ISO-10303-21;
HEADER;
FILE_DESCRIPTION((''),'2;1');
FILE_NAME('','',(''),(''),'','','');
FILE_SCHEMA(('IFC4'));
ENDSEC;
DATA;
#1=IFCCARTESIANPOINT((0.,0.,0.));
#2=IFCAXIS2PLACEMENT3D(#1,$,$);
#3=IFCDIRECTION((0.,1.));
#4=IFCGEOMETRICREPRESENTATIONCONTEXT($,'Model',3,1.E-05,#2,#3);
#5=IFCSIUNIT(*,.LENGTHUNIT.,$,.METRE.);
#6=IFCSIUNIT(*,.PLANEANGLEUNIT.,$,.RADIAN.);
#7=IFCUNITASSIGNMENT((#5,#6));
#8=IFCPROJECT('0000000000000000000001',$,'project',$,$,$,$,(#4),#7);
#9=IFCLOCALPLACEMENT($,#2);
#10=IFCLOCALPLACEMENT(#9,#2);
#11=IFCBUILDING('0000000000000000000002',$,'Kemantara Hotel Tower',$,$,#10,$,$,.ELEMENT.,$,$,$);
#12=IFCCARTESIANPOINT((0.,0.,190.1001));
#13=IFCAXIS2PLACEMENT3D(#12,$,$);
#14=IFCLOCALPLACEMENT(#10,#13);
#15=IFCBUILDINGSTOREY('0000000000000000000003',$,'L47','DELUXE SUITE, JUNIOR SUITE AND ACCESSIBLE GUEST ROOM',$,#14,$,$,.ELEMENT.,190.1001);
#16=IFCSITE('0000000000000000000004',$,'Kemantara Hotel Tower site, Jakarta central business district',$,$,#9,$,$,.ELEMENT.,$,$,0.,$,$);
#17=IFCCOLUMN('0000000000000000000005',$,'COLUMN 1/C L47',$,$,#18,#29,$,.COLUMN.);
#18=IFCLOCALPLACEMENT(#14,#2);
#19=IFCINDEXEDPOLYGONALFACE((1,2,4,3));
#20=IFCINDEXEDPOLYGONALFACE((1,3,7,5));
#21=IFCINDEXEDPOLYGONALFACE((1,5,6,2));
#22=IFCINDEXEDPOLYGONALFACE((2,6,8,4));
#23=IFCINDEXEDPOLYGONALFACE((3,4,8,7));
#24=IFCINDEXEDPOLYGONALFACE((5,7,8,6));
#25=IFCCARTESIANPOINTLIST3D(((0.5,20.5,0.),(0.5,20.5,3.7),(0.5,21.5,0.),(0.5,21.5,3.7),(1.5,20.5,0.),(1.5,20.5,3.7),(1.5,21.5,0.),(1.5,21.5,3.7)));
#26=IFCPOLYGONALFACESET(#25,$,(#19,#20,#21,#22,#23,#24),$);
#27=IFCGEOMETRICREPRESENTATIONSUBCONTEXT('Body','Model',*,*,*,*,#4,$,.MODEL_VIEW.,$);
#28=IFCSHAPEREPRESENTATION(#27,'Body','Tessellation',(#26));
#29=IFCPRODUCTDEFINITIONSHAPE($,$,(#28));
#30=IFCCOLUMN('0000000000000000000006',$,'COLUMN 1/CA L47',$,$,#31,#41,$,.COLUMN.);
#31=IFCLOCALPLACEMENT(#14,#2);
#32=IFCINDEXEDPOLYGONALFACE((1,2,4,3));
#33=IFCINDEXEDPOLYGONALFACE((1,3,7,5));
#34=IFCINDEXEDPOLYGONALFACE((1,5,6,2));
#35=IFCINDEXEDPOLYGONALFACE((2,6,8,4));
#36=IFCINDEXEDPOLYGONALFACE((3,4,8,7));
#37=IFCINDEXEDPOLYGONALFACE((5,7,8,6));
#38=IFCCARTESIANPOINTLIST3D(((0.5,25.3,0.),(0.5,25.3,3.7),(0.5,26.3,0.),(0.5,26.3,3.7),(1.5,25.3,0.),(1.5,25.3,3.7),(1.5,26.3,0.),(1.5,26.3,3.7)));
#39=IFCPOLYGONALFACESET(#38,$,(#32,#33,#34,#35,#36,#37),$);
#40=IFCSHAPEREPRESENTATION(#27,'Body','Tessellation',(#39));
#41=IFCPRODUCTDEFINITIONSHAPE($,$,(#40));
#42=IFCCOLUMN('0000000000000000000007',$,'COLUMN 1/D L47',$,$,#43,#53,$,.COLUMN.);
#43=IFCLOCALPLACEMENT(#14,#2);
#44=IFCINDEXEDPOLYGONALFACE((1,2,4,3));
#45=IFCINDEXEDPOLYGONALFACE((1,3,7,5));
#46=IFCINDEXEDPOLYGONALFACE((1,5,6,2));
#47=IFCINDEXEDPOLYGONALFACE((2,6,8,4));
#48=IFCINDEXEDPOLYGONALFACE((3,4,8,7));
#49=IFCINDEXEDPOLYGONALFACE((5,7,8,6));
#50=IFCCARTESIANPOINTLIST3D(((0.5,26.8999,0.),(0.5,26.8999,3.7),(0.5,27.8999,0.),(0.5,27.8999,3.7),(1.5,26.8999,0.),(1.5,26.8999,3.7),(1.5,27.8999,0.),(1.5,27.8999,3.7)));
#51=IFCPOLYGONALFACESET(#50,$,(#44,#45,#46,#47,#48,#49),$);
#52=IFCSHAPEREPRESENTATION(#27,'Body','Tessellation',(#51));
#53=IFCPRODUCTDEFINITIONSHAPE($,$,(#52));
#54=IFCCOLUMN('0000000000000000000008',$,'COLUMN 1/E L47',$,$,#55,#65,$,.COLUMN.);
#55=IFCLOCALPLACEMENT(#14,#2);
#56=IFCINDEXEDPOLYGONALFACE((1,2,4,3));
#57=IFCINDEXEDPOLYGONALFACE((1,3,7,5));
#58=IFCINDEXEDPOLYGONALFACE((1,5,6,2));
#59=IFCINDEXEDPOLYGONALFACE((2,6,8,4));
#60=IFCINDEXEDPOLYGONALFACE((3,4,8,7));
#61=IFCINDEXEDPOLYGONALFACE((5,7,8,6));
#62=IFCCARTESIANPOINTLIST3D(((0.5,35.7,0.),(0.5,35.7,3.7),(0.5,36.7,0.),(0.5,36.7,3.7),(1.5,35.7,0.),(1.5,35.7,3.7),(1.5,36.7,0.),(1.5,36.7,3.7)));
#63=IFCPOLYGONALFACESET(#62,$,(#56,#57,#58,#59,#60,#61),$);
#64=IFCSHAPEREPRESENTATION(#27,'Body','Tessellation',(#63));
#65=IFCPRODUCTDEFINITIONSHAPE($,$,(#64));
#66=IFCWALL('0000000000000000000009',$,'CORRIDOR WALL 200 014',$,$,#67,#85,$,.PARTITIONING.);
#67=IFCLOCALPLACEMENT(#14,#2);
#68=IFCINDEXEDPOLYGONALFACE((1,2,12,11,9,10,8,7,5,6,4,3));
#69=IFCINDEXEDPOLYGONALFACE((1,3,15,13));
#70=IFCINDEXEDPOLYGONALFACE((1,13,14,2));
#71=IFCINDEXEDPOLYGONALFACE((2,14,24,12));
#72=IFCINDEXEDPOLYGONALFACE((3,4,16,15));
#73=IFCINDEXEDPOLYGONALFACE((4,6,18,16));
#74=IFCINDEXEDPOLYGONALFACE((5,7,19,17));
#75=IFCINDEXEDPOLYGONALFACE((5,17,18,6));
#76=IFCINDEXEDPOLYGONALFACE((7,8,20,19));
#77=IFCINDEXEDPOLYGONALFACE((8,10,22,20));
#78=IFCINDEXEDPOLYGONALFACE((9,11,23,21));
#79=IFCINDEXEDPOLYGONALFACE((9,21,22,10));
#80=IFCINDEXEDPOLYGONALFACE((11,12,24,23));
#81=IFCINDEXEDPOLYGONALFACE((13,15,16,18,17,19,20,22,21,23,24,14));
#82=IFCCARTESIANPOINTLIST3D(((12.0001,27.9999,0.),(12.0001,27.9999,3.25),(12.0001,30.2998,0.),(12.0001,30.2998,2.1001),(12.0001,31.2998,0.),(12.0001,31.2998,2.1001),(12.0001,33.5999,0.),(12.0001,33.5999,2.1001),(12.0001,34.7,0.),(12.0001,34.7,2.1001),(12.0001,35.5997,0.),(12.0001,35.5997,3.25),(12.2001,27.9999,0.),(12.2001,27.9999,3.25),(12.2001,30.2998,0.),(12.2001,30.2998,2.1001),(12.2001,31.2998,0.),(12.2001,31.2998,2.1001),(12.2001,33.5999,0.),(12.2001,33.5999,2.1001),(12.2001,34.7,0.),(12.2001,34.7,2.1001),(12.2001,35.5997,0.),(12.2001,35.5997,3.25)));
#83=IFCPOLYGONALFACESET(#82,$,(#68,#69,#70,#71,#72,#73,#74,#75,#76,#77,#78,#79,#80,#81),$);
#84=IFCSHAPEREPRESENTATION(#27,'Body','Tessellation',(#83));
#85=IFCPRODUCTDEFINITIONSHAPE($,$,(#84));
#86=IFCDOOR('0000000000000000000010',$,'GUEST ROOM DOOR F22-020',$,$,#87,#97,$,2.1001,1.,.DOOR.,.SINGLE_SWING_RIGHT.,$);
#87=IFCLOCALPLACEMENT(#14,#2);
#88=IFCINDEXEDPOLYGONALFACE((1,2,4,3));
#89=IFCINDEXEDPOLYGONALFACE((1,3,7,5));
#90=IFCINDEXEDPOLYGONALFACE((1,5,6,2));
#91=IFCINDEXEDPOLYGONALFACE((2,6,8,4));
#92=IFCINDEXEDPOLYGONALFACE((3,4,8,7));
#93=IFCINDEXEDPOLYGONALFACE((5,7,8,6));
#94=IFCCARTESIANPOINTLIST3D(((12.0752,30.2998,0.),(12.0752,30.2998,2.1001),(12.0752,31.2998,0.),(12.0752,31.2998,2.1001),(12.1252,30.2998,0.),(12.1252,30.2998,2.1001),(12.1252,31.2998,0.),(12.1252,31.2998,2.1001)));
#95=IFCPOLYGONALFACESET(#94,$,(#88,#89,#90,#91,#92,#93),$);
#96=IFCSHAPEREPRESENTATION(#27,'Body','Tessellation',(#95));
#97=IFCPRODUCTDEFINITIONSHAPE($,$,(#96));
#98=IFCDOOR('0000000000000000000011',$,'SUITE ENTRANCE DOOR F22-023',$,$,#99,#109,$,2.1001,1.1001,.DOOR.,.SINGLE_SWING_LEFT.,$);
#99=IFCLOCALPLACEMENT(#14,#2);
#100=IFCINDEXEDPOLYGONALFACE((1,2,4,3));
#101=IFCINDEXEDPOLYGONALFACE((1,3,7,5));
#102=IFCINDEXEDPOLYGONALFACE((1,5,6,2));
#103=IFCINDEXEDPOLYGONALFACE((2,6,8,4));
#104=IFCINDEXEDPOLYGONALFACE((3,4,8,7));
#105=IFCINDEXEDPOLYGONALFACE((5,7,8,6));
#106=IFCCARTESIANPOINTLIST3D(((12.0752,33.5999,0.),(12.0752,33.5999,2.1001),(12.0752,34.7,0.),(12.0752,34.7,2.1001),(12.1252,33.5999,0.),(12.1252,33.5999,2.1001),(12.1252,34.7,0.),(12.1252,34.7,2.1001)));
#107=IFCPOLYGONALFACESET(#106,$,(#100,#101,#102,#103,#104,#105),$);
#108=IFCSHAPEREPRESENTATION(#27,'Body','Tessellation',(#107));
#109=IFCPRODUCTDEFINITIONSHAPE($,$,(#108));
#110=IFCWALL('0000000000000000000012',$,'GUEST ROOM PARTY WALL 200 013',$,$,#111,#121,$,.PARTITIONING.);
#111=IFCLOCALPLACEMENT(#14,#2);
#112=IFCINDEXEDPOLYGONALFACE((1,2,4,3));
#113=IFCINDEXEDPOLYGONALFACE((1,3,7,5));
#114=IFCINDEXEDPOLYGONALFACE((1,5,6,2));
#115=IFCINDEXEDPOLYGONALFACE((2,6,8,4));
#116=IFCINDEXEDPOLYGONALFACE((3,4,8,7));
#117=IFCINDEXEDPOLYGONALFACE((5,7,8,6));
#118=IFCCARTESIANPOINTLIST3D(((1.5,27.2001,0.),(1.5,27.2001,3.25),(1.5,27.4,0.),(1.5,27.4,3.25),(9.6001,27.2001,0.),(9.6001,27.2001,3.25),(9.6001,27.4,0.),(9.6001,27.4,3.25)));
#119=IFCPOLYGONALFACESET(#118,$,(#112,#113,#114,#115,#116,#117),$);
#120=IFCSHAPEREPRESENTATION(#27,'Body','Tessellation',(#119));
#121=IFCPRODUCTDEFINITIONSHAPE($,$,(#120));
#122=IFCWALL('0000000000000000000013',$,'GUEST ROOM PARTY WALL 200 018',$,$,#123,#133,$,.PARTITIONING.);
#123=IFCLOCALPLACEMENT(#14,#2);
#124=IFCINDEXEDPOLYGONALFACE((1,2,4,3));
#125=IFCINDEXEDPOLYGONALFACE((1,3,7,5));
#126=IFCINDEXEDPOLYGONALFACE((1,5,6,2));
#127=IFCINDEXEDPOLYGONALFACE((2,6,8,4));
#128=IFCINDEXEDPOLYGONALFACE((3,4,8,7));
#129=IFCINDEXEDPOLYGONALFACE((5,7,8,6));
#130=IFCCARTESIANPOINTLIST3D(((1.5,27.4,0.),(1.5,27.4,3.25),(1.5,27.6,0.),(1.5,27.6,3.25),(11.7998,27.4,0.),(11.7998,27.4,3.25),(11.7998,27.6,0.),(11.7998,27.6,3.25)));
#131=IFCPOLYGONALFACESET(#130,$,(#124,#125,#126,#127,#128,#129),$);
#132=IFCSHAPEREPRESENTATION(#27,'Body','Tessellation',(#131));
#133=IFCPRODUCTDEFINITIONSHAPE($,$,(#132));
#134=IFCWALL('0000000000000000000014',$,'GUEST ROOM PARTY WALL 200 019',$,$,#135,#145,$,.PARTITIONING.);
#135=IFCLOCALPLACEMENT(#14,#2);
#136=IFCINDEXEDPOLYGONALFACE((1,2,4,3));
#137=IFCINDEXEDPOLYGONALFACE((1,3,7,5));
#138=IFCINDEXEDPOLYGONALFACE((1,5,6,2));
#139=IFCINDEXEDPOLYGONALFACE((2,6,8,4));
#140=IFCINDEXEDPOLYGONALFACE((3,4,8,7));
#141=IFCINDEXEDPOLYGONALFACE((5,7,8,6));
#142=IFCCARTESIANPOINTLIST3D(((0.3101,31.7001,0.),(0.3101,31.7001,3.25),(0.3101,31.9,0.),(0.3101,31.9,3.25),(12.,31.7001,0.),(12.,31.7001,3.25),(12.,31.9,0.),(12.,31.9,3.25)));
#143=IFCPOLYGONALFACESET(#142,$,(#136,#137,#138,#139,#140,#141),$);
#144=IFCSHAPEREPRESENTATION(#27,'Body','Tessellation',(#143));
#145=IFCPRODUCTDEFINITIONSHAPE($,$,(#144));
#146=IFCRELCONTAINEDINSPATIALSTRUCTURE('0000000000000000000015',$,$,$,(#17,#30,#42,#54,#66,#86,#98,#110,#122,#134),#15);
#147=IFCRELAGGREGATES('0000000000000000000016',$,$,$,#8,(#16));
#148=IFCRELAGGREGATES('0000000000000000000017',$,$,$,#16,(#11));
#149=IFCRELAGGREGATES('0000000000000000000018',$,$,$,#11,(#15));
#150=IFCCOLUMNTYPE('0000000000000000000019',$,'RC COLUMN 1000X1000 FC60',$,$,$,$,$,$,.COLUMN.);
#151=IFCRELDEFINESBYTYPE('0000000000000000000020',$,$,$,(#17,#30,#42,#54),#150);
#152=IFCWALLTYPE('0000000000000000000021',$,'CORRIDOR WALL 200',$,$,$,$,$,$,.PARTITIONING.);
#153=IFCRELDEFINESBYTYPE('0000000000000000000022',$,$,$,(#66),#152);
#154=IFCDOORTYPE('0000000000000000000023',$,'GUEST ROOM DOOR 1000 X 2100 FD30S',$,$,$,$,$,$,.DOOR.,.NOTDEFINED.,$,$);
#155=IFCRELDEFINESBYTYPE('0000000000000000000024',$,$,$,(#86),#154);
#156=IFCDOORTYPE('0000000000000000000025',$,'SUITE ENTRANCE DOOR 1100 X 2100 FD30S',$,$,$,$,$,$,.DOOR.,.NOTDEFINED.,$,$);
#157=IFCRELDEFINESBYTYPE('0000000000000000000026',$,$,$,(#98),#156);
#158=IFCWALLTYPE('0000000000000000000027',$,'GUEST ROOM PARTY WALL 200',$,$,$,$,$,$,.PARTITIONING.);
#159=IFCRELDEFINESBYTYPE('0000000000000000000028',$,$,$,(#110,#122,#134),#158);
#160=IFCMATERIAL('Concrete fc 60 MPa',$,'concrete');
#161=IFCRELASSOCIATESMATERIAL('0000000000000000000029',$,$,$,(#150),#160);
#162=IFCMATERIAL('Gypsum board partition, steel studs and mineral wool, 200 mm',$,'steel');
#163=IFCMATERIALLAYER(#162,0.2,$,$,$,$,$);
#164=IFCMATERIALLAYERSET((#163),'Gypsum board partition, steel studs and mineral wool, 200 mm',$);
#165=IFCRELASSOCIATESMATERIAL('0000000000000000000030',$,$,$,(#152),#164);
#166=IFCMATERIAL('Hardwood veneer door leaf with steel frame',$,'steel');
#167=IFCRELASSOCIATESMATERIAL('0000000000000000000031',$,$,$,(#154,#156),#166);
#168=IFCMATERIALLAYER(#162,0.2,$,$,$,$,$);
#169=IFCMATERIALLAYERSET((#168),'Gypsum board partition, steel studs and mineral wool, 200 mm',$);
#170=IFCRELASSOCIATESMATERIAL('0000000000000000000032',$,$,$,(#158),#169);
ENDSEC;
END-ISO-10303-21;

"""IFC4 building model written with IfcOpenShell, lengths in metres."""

from ifc_helpers import new_model, si_unit, direction, frame, frame_2d, origin, origin_2d, place, context, subcontext, project, spatial, rectangle, extrude, material, layer, layer_set, material_profile, profile_set, type_object, element, fill, save


model = new_model("IFC4")

# Units and contexts
model_context = context("Model", 3, precision=1e-05, world=origin(), true_north=direction((0.0, 1.0)))
body_context = subcontext(model_context, "Body", "Model", "MODEL_VIEW")
ifc_project = project(units=[si_unit("LENGTHUNIT", "METRE"), si_unit("PLANEANGLEUNIT", "RADIAN")], contexts=[model_context])

# Site, building, storey
site_placement = place(None, origin())
site = spatial("IfcSite", under=ifc_project, at=site_placement, Name="Kemantara Hotel Tower site, Jakarta central business district", CompositionType="ELEMENT", RefElevation=0.0)
building_placement = place(site_placement, origin())
building = spatial("IfcBuilding", under=site, at=building_placement, Name="Kemantara Hotel Tower", CompositionType="ELEMENT")
storey_placement = place(building_placement, frame((0.0, 0.0, 190.1001)))
storey = spatial("IfcBuildingStorey", under=building, at=storey_placement, Name="L47", Description="DELUXE SUITE, JUNIOR SUITE AND ACCESSIBLE GUEST ROOM", CompositionType="ELEMENT", Elevation=190.1001)

# Columns
ifc_material_1 = material(Name="Concrete fc 60 MPa", Category="concrete")
ifc_material_profile = material_profile(ifc_material_1, rectangle(XDim=1.0, YDim=1.0, at=origin_2d()), Name="RC 1000X1000")
ifc_profile_set = profile_set([ifc_material_profile], Name="Concrete fc 60 MPa")
column_type = type_object("IfcColumnType", Name="RC COLUMN 1000X1000 FC60", PredefinedType="COLUMN", material=ifc_profile_set)
for number, where, z_axis, x_axis, name in (
    (1, (1.0, 21.0, 0.0), (0.0, 0.0, 1.0), (1.0, 0.0, 0.0), "COLUMN 1/C L47"),
    (2, (1.0, 25.8, 0.0), (0.0, 0.0, 1.0), (1.0, 0.0, 0.0), "COLUMN 1/CA L47"),
    (3, (1.0, 27.3999, 0.0), (0.0, 0.0, 1.0), (1.0, 0.0, 0.0), "COLUMN 1/D L47"),
    (4, (1.0, 36.2, 0.0), (0.0, 0.0, 1.0), (1.0, 0.0, 0.0), "COLUMN 1/E L47"),
):
    element("IfcColumn", number, at=place(storey_placement, frame(where, z_axis=z_axis, x_axis=x_axis)), inside=storey, type_object=column_type, Name=name, PredefinedType="COLUMN", context=body_context, shape_type="SweptSolid", body=[
        extrude(rectangle(XDim=1.0, YDim=1.0, at=origin_2d()), origin(), (0.0, 0.0, 1.0), 3.7),
    ])

# Wall, openings, doors
ifc_material_2 = material(Name="Gypsum board partition, steel studs and mineral wool, 200 mm", Category="steel")
ifc_layer_1 = layer(ifc_material_2, 0.2)
ifc_layer_set_1 = layer_set([ifc_layer_1], Name="Gypsum board partition, steel studs and mineral wool, 200 mm")
wall_type_1 = type_object("IfcWallType", Name="CORRIDOR WALL 200", PredefinedType="PARTITIONING", material=ifc_layer_set_1)
wall_1_placement = place(storey_placement, frame((12.1001, 28.0, 0.0), z_axis=(0.0, 0.0, 1.0), x_axis=(0.0, 1.0, 0.0)))
wall_1 = element("IfcWall", 5, at=wall_1_placement, inside=storey, type_object=wall_type_1, Name="CORRIDOR WALL 200 014", PredefinedType="PARTITIONING", context=body_context, shape_type="SweptSolid", body=[
    extrude(rectangle(XDim=7.5999, YDim=0.2, at=frame_2d((3.7998, 0.0))), origin(), (0.0, 0.0, 1.0), 3.25),
])
opening_1_placement = place(wall_1_placement, frame((2.2998, 0.0, 0.0)))
opening_1 = element("IfcOpeningElement", 6, at=opening_1_placement, cuts=wall_1, PredefinedType="OPENING", context=body_context, shape_type="SweptSolid", body=[
    extrude(rectangle(XDim=1.0, YDim=2.1001, at=frame_2d((0.5, 1.05))), frame((0.0, 0.1099, 0.0), z_axis=(0.0, -1.0, 0.0), x_axis=(1.0, 0.0, 0.0)), (0.0, 0.0, 1.0), 0.22),
])
opening_2_placement = place(wall_1_placement, frame((5.5999, 0.0, 0.0)))
opening_2 = element("IfcOpeningElement", 7, at=opening_2_placement, cuts=wall_1, PredefinedType="OPENING", context=body_context, shape_type="SweptSolid", body=[
    extrude(rectangle(XDim=1.1001, YDim=2.1001, at=frame_2d((0.55, 1.05))), frame((0.0, 0.1099, 0.0), z_axis=(0.0, -1.0, 0.0), x_axis=(1.0, 0.0, 0.0)), (0.0, 0.0, 1.0), 0.22),
])
ifc_material_3 = material(Name="Hardwood veneer door leaf with steel frame", Category="steel")
door_type_1 = type_object("IfcDoorType", Name="GUEST ROOM DOOR 1000 X 2100 FD30S", OperationType="NOTDEFINED", PredefinedType="DOOR", material=ifc_material_3)
door_1_placement = place(opening_1_placement, origin())
door_1 = element("IfcDoor", 8, at=door_1_placement, inside=storey, type_object=door_type_1, Name="GUEST ROOM DOOR F22-020", OperationType="SINGLE_SWING_RIGHT", OverallHeight=2.1001, OverallWidth=1.0, PredefinedType="DOOR", context=body_context, shape_type="SweptSolid", body=[
    extrude(rectangle(XDim=1.0, YDim=2.1001, at=frame_2d((0.5, 1.05))), frame((0.0, 0.0249, 0.0), z_axis=(0.0, -1.0, 0.0), x_axis=(1.0, 0.0, 0.0)), (0.0, 0.0, 1.0), 0.05),
])
fill(opening_1, door_1)
door_type_2 = type_object("IfcDoorType", Name="SUITE ENTRANCE DOOR 1100 X 2100 FD30S", OperationType="NOTDEFINED", PredefinedType="DOOR", material=ifc_material_3)
door_2_placement = place(opening_2_placement, origin())
door_2 = element("IfcDoor", 9, at=door_2_placement, inside=storey, type_object=door_type_2, Name="SUITE ENTRANCE DOOR F22-023", OperationType="SINGLE_SWING_LEFT", OverallHeight=2.1001, OverallWidth=1.1001, PredefinedType="DOOR", context=body_context, shape_type="SweptSolid", body=[
    extrude(rectangle(XDim=1.1001, YDim=2.1001, at=frame_2d((0.55, 1.05))), frame((0.0, 0.0249, 0.0), z_axis=(0.0, -1.0, 0.0), x_axis=(1.0, 0.0, 0.0)), (0.0, 0.0, 1.0), 0.05),
])
fill(opening_2, door_2)

# Walls
ifc_layer_2 = layer(ifc_material_2, 0.2)
ifc_layer_set_2 = layer_set([ifc_layer_2], Name="Gypsum board partition, steel studs and mineral wool, 200 mm")
wall_type_2 = type_object("IfcWallType", Name="GUEST ROOM PARTY WALL 200", PredefinedType="PARTITIONING", material=ifc_layer_set_2)
wall_2_placement = place(storey_placement, frame((1.5, 27.3, 0.0), z_axis=(0.0, 0.0, 1.0), x_axis=(1.0, 0.0, 0.0)))
element("IfcWall", 10, at=wall_2_placement, inside=storey, type_object=wall_type_2, Name="GUEST ROOM PARTY WALL 200 013", PredefinedType="PARTITIONING", context=body_context, shape_type="SweptSolid", body=[
    extrude(rectangle(XDim=8.1001, YDim=0.2, at=frame_2d((4.05, 0.0))), origin(), (0.0, 0.0, 1.0), 3.25),
])
wall_3_placement = place(storey_placement, frame((1.5, 27.5, 0.0), z_axis=(0.0, 0.0, 1.0), x_axis=(1.0, 0.0, 0.0)))
element("IfcWall", 11, at=wall_3_placement, inside=storey, type_object=wall_type_2, Name="GUEST ROOM PARTY WALL 200 018", PredefinedType="PARTITIONING", context=body_context, shape_type="SweptSolid", body=[
    extrude(rectangle(XDim=10.2998, YDim=0.2, at=frame_2d((5.1499, 0.0))), origin(), (0.0, 0.0, 1.0), 3.25),
])
wall_4_placement = place(storey_placement, frame((0.3101, 31.8, 0.0), z_axis=(0.0, 0.0, 1.0), x_axis=(1.0, 0.0, 0.0)))
element("IfcWall", 12, at=wall_4_placement, inside=storey, type_object=wall_type_2, Name="GUEST ROOM PARTY WALL 200 019", PredefinedType="PARTITIONING", context=body_context, shape_type="SweptSolid", body=[
    extrude(rectangle(XDim=11.6899, YDim=0.2, at=frame_2d((5.845, 0.0))), origin(), (0.0, 0.0, 1.0), 3.25),
])

save(model, "model.ifc")
